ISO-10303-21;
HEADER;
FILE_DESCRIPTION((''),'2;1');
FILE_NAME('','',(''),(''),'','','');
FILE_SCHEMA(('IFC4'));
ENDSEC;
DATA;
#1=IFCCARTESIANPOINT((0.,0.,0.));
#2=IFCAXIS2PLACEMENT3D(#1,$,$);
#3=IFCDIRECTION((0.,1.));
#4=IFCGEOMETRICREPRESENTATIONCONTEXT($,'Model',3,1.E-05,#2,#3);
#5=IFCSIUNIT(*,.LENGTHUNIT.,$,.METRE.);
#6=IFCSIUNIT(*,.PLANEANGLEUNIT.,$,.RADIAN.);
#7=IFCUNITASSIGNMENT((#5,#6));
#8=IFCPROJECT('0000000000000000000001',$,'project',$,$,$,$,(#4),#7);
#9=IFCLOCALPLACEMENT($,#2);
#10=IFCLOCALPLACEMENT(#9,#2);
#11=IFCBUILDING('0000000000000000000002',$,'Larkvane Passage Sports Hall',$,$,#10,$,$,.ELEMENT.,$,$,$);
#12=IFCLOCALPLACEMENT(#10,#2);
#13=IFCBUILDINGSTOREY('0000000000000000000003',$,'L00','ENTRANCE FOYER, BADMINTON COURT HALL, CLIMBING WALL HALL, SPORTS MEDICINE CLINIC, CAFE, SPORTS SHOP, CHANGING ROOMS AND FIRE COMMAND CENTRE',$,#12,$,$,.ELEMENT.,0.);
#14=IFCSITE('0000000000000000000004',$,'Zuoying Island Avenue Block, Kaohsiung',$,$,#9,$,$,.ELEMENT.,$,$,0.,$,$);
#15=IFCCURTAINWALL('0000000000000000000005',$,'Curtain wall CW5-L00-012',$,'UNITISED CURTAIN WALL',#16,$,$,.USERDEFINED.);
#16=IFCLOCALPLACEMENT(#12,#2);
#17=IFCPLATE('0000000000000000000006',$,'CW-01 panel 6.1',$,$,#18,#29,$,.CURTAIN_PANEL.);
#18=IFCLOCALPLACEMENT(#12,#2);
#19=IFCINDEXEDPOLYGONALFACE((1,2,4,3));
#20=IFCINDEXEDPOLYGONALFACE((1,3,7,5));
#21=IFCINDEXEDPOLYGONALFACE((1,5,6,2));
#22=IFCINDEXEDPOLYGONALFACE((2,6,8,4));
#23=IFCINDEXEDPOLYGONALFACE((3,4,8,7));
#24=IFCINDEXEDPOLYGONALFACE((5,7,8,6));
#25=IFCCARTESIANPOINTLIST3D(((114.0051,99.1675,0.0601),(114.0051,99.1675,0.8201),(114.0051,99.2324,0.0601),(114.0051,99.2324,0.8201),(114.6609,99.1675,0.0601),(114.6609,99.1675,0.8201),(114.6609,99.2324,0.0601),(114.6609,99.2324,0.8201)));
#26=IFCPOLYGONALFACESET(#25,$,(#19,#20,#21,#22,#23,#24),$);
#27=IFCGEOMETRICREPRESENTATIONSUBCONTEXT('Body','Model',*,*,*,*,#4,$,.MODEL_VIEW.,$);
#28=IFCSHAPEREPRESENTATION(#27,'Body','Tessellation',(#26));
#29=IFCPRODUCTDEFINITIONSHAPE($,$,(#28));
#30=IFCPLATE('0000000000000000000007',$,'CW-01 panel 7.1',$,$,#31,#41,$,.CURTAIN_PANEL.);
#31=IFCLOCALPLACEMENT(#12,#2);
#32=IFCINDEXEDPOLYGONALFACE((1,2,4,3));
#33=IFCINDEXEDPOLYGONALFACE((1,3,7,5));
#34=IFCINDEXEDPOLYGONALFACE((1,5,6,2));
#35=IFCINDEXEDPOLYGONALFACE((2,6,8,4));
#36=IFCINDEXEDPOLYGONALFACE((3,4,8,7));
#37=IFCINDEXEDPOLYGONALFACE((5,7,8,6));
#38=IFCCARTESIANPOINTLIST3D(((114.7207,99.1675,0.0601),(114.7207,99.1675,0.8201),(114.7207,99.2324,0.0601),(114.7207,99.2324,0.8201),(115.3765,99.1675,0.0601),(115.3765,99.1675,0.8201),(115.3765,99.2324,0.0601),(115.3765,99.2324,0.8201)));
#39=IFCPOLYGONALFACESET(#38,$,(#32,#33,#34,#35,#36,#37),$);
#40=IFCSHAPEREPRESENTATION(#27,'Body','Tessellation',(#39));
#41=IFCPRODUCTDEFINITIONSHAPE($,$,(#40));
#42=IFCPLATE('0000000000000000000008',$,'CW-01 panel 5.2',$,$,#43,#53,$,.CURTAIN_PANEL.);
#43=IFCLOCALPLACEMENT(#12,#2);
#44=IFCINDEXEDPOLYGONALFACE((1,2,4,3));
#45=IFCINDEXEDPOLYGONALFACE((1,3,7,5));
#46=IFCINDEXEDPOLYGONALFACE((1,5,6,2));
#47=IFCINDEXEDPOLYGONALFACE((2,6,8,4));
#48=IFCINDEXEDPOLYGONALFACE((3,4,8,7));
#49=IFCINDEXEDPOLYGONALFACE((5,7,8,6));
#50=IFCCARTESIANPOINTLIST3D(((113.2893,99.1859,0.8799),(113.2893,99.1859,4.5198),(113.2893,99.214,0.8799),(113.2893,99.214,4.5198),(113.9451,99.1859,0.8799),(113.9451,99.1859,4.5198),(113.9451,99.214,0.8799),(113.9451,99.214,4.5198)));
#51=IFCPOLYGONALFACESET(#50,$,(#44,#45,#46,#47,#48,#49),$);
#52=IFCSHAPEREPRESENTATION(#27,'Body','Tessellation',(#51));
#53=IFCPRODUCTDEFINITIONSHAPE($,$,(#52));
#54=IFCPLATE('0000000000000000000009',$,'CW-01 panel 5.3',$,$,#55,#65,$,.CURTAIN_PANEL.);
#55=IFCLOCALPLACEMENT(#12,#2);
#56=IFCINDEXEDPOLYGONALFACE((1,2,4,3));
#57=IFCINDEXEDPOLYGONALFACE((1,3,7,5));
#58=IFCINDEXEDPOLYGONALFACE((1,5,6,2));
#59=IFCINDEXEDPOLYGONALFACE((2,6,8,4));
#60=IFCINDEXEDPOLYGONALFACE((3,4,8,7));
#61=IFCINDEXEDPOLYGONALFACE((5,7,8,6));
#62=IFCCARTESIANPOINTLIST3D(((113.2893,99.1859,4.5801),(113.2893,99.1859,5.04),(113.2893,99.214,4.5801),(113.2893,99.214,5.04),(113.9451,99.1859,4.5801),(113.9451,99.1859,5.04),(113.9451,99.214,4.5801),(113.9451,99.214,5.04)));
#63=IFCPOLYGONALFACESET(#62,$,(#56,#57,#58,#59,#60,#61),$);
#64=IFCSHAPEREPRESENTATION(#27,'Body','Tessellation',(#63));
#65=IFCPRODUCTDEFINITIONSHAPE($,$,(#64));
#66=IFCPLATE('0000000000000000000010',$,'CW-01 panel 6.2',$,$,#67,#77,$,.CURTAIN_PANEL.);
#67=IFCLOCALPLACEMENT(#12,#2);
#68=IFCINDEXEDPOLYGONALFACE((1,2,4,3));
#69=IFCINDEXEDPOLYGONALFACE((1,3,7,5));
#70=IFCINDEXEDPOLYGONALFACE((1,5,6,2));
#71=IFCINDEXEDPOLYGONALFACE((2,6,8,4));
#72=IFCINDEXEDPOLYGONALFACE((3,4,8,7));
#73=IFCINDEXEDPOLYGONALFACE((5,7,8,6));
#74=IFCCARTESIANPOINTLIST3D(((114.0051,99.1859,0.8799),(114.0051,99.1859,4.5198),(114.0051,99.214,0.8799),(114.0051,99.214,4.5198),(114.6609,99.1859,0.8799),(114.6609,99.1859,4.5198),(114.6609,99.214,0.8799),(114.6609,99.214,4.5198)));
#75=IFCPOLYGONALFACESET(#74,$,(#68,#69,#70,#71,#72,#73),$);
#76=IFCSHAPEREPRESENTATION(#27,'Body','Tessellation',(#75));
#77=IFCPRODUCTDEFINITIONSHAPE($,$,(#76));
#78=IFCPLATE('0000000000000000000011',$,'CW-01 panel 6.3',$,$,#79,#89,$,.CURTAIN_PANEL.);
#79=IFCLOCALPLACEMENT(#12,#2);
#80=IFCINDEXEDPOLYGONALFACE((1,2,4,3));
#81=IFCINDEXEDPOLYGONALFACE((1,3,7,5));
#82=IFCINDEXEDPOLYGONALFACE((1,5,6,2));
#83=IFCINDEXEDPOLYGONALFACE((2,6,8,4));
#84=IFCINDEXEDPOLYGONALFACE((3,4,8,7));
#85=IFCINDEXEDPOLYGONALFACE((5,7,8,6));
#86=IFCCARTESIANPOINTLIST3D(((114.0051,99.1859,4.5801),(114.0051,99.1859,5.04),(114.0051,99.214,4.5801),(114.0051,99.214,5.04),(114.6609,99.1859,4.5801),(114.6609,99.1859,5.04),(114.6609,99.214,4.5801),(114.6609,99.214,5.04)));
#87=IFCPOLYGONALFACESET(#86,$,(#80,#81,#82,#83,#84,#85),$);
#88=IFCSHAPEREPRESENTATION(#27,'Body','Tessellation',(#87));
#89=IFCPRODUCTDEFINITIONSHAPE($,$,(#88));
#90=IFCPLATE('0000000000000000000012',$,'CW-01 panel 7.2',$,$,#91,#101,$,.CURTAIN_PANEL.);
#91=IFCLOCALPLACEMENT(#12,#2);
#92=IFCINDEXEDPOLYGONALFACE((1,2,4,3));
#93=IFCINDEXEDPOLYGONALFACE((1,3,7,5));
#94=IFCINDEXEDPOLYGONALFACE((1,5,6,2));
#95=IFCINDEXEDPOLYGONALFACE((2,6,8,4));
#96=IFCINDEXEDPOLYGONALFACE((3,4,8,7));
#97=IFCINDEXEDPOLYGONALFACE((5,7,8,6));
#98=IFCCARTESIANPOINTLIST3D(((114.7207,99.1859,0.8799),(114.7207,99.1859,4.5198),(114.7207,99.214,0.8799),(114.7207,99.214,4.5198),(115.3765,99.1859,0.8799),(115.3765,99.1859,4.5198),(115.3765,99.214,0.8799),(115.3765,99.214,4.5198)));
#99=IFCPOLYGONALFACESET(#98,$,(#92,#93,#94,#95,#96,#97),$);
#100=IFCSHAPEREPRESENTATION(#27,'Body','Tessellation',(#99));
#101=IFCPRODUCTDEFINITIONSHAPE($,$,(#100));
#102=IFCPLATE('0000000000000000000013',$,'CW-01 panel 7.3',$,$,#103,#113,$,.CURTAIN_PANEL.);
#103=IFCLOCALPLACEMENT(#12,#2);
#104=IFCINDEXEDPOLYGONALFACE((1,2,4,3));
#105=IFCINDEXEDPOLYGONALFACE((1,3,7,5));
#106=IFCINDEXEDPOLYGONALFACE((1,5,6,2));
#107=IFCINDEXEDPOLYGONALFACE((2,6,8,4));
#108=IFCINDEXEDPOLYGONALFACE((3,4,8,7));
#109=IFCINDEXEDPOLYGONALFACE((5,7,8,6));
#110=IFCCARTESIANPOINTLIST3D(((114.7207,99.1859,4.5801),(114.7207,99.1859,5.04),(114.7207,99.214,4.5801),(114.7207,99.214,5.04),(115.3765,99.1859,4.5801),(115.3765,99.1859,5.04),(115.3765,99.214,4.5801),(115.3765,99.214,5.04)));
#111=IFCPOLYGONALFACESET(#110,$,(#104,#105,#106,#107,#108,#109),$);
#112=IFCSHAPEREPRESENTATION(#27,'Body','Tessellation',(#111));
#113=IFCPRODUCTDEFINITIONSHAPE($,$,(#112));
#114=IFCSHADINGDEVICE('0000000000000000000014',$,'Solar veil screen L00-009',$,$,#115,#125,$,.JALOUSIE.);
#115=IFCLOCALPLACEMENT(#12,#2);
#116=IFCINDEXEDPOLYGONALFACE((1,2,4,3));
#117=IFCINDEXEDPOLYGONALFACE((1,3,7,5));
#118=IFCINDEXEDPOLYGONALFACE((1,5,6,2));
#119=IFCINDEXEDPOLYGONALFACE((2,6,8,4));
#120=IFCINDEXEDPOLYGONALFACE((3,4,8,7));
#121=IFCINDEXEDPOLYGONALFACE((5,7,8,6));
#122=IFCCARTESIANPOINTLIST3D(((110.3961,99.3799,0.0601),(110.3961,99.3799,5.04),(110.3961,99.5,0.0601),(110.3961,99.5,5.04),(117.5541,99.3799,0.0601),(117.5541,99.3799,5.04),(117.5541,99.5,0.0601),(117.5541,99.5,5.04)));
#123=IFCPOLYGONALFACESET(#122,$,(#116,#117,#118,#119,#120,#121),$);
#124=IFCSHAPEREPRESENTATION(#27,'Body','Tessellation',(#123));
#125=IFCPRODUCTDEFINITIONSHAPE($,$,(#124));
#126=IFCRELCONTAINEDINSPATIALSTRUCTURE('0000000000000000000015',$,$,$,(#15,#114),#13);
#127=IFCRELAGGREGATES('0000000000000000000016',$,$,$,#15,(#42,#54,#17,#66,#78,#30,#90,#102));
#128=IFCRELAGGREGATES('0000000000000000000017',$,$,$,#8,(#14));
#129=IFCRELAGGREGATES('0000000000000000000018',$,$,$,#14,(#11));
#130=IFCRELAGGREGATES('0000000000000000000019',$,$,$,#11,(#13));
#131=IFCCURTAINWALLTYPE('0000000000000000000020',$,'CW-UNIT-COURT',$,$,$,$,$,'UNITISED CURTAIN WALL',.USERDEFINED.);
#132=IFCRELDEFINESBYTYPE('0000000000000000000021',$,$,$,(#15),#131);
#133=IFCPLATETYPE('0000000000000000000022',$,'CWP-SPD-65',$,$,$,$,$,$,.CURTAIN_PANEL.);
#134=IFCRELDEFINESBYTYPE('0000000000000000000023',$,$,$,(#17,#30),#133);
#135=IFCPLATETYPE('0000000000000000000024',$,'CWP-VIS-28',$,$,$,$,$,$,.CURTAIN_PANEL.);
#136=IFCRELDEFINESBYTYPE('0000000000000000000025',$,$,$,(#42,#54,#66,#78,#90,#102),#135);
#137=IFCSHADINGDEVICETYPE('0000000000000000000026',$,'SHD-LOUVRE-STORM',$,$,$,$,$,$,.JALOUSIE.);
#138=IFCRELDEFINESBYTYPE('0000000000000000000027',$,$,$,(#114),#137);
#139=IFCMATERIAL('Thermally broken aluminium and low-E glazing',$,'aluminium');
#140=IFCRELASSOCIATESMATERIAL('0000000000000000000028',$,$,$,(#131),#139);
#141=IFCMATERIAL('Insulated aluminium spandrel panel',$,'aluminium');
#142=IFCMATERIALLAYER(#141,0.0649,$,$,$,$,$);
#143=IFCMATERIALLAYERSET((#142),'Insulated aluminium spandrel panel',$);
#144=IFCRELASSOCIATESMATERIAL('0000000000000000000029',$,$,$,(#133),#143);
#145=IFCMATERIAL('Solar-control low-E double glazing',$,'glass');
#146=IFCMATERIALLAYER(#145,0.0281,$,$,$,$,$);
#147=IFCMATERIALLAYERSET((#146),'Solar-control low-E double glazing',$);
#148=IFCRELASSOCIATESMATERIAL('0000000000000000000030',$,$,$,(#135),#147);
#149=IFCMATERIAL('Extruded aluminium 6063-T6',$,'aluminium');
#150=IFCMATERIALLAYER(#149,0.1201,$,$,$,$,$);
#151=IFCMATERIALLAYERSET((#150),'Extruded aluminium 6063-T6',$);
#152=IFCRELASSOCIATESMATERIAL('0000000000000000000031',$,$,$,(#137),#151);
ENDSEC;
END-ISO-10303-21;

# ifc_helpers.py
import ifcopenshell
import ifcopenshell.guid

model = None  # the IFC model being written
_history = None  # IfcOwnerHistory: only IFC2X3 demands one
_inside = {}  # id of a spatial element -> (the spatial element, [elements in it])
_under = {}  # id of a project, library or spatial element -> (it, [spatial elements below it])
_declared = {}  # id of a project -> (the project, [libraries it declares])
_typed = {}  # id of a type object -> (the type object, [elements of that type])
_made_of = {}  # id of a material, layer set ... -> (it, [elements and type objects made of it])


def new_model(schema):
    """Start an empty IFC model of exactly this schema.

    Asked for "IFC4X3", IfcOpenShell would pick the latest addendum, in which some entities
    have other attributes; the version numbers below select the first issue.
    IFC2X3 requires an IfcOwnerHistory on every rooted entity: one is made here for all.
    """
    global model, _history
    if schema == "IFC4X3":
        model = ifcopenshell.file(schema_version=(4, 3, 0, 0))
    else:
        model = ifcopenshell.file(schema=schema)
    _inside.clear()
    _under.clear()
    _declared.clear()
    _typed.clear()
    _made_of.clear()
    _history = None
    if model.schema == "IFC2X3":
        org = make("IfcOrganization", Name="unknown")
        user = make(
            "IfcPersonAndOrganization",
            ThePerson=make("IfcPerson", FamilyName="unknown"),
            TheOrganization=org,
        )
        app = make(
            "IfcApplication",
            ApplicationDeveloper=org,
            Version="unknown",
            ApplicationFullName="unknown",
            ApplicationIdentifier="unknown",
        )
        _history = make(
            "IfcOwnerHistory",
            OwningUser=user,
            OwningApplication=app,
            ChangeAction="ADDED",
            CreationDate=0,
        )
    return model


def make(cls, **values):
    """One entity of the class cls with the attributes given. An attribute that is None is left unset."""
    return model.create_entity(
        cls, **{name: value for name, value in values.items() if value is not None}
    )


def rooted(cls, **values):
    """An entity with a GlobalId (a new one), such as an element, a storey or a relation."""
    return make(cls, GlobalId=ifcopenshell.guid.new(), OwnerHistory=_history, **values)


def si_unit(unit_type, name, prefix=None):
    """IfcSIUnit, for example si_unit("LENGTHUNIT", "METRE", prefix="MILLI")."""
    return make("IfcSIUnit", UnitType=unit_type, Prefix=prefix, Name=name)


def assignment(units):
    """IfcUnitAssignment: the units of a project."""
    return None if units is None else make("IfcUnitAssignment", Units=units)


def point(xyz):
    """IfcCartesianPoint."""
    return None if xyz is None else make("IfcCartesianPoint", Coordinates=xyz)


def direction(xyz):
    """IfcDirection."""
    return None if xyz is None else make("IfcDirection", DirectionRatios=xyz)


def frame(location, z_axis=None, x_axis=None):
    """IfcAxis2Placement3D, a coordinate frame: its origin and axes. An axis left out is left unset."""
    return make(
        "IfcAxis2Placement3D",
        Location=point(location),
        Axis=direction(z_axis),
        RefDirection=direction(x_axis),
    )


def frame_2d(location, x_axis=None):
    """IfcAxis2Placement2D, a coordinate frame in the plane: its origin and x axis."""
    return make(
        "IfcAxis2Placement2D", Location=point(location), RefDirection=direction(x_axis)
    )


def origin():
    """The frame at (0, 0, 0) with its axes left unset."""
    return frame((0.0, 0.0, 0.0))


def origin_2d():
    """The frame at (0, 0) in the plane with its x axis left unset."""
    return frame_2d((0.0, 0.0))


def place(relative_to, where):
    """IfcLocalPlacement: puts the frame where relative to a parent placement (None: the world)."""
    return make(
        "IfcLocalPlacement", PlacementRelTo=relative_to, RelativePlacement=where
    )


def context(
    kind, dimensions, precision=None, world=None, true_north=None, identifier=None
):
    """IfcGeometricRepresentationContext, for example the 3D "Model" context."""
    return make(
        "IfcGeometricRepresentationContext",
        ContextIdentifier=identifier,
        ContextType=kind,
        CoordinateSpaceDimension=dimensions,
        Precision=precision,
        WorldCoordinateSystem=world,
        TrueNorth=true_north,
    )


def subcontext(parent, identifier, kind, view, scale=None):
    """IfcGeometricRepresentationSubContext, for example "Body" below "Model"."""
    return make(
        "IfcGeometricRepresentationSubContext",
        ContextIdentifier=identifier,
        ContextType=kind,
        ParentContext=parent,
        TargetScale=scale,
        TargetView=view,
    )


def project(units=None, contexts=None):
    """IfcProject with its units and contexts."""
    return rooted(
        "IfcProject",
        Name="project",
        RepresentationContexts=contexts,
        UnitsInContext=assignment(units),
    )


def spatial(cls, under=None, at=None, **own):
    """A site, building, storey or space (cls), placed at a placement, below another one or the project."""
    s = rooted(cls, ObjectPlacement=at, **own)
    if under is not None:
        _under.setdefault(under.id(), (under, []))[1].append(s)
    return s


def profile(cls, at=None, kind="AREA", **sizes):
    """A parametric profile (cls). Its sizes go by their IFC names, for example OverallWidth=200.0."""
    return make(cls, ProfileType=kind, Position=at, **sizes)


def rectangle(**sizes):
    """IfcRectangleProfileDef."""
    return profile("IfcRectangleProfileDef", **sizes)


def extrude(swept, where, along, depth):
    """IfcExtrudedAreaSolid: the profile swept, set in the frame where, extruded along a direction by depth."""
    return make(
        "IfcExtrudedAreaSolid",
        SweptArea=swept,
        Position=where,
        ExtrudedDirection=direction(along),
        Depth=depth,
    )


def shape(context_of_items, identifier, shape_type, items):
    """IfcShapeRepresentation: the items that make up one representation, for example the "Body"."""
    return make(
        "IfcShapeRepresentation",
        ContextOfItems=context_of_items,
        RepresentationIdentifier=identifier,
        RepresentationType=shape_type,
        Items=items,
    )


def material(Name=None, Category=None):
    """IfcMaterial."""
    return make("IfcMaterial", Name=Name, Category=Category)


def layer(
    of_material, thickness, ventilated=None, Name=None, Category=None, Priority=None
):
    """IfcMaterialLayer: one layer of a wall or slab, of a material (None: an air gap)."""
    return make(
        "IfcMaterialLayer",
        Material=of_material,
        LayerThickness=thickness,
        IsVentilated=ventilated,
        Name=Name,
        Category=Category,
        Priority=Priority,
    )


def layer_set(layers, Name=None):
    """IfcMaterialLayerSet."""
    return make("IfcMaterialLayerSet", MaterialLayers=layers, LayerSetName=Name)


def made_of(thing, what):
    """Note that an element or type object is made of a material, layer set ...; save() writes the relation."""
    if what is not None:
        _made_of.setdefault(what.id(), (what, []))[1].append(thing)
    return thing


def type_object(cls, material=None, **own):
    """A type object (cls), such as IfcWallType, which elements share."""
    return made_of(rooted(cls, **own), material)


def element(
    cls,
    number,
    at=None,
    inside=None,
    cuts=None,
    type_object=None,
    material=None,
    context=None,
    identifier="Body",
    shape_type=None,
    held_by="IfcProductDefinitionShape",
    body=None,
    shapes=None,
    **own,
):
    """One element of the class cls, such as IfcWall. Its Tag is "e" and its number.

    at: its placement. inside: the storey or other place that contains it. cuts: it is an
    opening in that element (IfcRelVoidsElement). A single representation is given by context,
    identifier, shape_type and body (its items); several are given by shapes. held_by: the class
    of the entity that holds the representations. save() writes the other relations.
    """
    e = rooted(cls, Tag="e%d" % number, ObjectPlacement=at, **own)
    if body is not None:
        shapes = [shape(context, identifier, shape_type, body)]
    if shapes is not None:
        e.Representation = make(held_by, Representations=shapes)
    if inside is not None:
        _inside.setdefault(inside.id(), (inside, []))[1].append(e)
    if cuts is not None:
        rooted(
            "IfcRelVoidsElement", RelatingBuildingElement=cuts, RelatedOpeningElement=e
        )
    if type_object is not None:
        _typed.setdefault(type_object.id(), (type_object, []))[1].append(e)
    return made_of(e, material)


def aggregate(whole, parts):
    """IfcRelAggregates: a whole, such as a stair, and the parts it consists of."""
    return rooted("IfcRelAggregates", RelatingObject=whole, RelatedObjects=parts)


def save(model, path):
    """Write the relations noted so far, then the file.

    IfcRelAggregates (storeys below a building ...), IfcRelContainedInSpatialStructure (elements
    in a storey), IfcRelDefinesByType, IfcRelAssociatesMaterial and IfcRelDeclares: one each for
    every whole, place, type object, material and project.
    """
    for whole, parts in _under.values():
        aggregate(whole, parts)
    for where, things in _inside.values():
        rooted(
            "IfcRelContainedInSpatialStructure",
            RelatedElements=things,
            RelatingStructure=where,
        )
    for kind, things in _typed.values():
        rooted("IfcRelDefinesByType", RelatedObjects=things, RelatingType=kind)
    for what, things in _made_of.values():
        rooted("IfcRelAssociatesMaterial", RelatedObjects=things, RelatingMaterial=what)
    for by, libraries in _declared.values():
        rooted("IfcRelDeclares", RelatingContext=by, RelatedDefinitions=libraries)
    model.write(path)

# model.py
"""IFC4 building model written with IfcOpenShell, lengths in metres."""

from ifc_helpers import new_model, si_unit, direction, frame, origin, origin_2d, place, context, subcontext, project, spatial, rectangle, extrude, material, layer, layer_set, type_object, element, aggregate, save


model = new_model("IFC4")

# Units and contexts
model_context = context("Model", 3, precision=1e-05, world=origin(), true_north=direction((0.0, 1.0)))
body_context = subcontext(model_context, "Body", "Model", "MODEL_VIEW")
ifc_project = project(units=[si_unit("LENGTHUNIT", "METRE"), si_unit("PLANEANGLEUNIT", "RADIAN")], contexts=[model_context])

# Site, building, storey
site_placement = place(None, origin())
site = spatial("IfcSite", under=ifc_project, at=site_placement, Name="Zuoying Island Avenue Block, Kaohsiung", CompositionType="ELEMENT", RefElevation=0.0)
building_placement = place(site_placement, origin())
building = spatial("IfcBuilding", under=site, at=building_placement, Name="Larkvane Passage Sports Hall", CompositionType="ELEMENT")
storey_placement = place(building_placement, origin())
storey = spatial("IfcBuildingStorey", under=building, at=storey_placement, Name="L00", Description="ENTRANCE FOYER, BADMINTON COURT HALL, CLIMBING WALL HALL, SPORTS MEDICINE CLINIC, CAFE, SPORTS SHOP, CHANGING ROOMS AND FIRE COMMAND CENTRE", CompositionType="ELEMENT", Elevation=0.0)

# Curtain wall, plates
ifc_material_1 = material(Name="Thermally broken aluminium and low-E glazing", Category="aluminium")
curtain_wall_type = type_object("IfcCurtainWallType", Name="CW-UNIT-COURT", ElementType="UNITISED CURTAIN WALL", PredefinedType="USERDEFINED", material=ifc_material_1)
curtain_wall_placement = place(storey_placement, origin())
curtain_wall = element("IfcCurtainWall", 1, at=curtain_wall_placement, inside=storey, type_object=curtain_wall_type, Name="Curtain wall CW5-L00-012", ObjectType="UNITISED CURTAIN WALL", PredefinedType="USERDEFINED")
ifc_material_2 = material(Name="Insulated aluminium spandrel panel", Category="aluminium")
ifc_layer_1 = layer(ifc_material_2, 0.0649)
ifc_layer_set_1 = layer_set([ifc_layer_1], Name="Insulated aluminium spandrel panel")
plate_type_1 = type_object("IfcPlateType", Name="CWP-SPD-65", PredefinedType="CURTAIN_PANEL", material=ifc_layer_set_1)
plate_1_placement = place(storey_placement, frame((114.333, 99.2, 0.0601), z_axis=(0.0, 0.0, 1.0), x_axis=(1.0, 0.0, 0.0)))
plate_1 = element("IfcPlate", 2, at=plate_1_placement, type_object=plate_type_1, Name="CW-01 panel 6.1", PredefinedType="CURTAIN_PANEL", context=body_context, shape_type="SweptSolid", body=[
    extrude(rectangle(XDim=0.6558, YDim=0.0649, at=origin_2d()), origin(), (0.0, 0.0, 1.0), 0.76),
])
plate_2_placement = place(storey_placement, frame((115.0486, 99.2, 0.0601), z_axis=(0.0, 0.0, 1.0), x_axis=(1.0, 0.0, 0.0)))
plate_2 = element("IfcPlate", 3, at=plate_2_placement, type_object=plate_type_1, Name="CW-01 panel 7.1", PredefinedType="CURTAIN_PANEL", context=body_context, shape_type="SweptSolid", body=[
    extrude(rectangle(XDim=0.6558, YDim=0.0649, at=origin_2d()), origin(), (0.0, 0.0, 1.0), 0.76),
])
ifc_material_3 = material(Name="Solar-control low-E double glazing", Category="glass")
ifc_layer_2 = layer(ifc_material_3, 0.0281)
ifc_layer_set_2 = layer_set([ifc_layer_2], Name="Solar-control low-E double glazing")
plate_type_2 = type_object("IfcPlateType", Name="CWP-VIS-28", PredefinedType="CURTAIN_PANEL", material=ifc_layer_set_2)
plate_3_placement = place(storey_placement, frame((113.6172, 99.2, 0.8799), z_axis=(0.0, 0.0, 1.0), x_axis=(1.0, 0.0, 0.0)))
plate_3 = element("IfcPlate", 4, at=plate_3_placement, type_object=plate_type_2, Name="CW-01 panel 5.2", PredefinedType="CURTAIN_PANEL", context=body_context, shape_type="SweptSolid", body=[
    extrude(rectangle(XDim=0.6558, YDim=0.0281, at=origin_2d()), origin(), (0.0, 0.0, 1.0), 3.6399),
])
plate_4_placement = place(storey_placement, frame((113.6172, 99.2, 4.5801), z_axis=(0.0, 0.0, 1.0), x_axis=(1.0, 0.0, 0.0)))
plate_4 = element("IfcPlate", 5, at=plate_4_placement, type_object=plate_type_2, Name="CW-01 panel 5.3", PredefinedType="CURTAIN_PANEL", context=body_context, shape_type="SweptSolid", body=[
    extrude(rectangle(XDim=0.6558, YDim=0.0281, at=origin_2d()), origin(), (0.0, 0.0, 1.0), 0.46),
])
plate_5_placement = place(storey_placement, frame((114.333, 99.2, 0.8799), z_axis=(0.0, 0.0, 1.0), x_axis=(1.0, 0.0, 0.0)))
plate_5 = element("IfcPlate", 6, at=plate_5_placement, type_object=plate_type_2, Name="CW-01 panel 6.2", PredefinedType="CURTAIN_PANEL", context=body_context, shape_type="SweptSolid", body=[
    extrude(rectangle(XDim=0.6558, YDim=0.0281, at=origin_2d()), origin(), (0.0, 0.0, 1.0), 3.6399),
])
plate_6_placement = place(storey_placement, frame((114.333, 99.2, 4.5801), z_axis=(0.0, 0.0, 1.0), x_axis=(1.0, 0.0, 0.0)))
plate_6 = element("IfcPlate", 7, at=plate_6_placement, type_object=plate_type_2, Name="CW-01 panel 6.3", PredefinedType="CURTAIN_PANEL", context=body_context, shape_type="SweptSolid", body=[
    extrude(rectangle(XDim=0.6558, YDim=0.0281, at=origin_2d()), origin(), (0.0, 0.0, 1.0), 0.46),
])
plate_7_placement = place(storey_placement, frame((115.0486, 99.2, 0.8799), z_axis=(0.0, 0.0, 1.0), x_axis=(1.0, 0.0, 0.0)))
plate_7 = element("IfcPlate", 8, at=plate_7_placement, type_object=plate_type_2, Name="CW-01 panel 7.2", PredefinedType="CURTAIN_PANEL", context=body_context, shape_type="SweptSolid", body=[
    extrude(rectangle(XDim=0.6558, YDim=0.0281, at=origin_2d()), origin(), (0.0, 0.0, 1.0), 3.6399),
])
plate_8_placement = place(storey_placement, frame((115.0486, 99.2, 4.5801), z_axis=(0.0, 0.0, 1.0), x_axis=(1.0, 0.0, 0.0)))
plate_8 = element("IfcPlate", 9, at=plate_8_placement, type_object=plate_type_2, Name="CW-01 panel 7.3", PredefinedType="CURTAIN_PANEL", context=body_context, shape_type="SweptSolid", body=[
    extrude(rectangle(XDim=0.6558, YDim=0.0281, at=origin_2d()), origin(), (0.0, 0.0, 1.0), 0.46),
])
aggregate(curtain_wall, [plate_3, plate_4, plate_1, plate_5, plate_6, plate_2, plate_7, plate_8])

# Shading device
ifc_material_4 = material(Name="Extruded aluminium 6063-T6", Category="aluminium")
ifc_layer_3 = layer(ifc_material_4, 0.1201)
ifc_layer_set_3 = layer_set([ifc_layer_3], Name="Extruded aluminium 6063-T6")
shading_device_type = type_object("IfcShadingDeviceType", Name="SHD-LOUVRE-STORM", PredefinedType="JALOUSIE", material=ifc_layer_set_3)
shading_device_placement = place(storey_placement, frame((113.9751, 99.4399, 0.0601), z_axis=(0.0, 0.0, 1.0), x_axis=(1.0, 0.0, 0.0)))
element("IfcShadingDevice", 10, at=shading_device_placement, inside=storey, type_object=shading_device_type, Name="Solar veil screen L00-009", PredefinedType="JALOUSIE", context=body_context, shape_type="SweptSolid", body=[
    extrude(rectangle(XDim=7.158, YDim=0.1201, at=origin_2d()), origin(), (0.0, 0.0, 1.0), 4.98),
])

save(model, "model.ifc")
